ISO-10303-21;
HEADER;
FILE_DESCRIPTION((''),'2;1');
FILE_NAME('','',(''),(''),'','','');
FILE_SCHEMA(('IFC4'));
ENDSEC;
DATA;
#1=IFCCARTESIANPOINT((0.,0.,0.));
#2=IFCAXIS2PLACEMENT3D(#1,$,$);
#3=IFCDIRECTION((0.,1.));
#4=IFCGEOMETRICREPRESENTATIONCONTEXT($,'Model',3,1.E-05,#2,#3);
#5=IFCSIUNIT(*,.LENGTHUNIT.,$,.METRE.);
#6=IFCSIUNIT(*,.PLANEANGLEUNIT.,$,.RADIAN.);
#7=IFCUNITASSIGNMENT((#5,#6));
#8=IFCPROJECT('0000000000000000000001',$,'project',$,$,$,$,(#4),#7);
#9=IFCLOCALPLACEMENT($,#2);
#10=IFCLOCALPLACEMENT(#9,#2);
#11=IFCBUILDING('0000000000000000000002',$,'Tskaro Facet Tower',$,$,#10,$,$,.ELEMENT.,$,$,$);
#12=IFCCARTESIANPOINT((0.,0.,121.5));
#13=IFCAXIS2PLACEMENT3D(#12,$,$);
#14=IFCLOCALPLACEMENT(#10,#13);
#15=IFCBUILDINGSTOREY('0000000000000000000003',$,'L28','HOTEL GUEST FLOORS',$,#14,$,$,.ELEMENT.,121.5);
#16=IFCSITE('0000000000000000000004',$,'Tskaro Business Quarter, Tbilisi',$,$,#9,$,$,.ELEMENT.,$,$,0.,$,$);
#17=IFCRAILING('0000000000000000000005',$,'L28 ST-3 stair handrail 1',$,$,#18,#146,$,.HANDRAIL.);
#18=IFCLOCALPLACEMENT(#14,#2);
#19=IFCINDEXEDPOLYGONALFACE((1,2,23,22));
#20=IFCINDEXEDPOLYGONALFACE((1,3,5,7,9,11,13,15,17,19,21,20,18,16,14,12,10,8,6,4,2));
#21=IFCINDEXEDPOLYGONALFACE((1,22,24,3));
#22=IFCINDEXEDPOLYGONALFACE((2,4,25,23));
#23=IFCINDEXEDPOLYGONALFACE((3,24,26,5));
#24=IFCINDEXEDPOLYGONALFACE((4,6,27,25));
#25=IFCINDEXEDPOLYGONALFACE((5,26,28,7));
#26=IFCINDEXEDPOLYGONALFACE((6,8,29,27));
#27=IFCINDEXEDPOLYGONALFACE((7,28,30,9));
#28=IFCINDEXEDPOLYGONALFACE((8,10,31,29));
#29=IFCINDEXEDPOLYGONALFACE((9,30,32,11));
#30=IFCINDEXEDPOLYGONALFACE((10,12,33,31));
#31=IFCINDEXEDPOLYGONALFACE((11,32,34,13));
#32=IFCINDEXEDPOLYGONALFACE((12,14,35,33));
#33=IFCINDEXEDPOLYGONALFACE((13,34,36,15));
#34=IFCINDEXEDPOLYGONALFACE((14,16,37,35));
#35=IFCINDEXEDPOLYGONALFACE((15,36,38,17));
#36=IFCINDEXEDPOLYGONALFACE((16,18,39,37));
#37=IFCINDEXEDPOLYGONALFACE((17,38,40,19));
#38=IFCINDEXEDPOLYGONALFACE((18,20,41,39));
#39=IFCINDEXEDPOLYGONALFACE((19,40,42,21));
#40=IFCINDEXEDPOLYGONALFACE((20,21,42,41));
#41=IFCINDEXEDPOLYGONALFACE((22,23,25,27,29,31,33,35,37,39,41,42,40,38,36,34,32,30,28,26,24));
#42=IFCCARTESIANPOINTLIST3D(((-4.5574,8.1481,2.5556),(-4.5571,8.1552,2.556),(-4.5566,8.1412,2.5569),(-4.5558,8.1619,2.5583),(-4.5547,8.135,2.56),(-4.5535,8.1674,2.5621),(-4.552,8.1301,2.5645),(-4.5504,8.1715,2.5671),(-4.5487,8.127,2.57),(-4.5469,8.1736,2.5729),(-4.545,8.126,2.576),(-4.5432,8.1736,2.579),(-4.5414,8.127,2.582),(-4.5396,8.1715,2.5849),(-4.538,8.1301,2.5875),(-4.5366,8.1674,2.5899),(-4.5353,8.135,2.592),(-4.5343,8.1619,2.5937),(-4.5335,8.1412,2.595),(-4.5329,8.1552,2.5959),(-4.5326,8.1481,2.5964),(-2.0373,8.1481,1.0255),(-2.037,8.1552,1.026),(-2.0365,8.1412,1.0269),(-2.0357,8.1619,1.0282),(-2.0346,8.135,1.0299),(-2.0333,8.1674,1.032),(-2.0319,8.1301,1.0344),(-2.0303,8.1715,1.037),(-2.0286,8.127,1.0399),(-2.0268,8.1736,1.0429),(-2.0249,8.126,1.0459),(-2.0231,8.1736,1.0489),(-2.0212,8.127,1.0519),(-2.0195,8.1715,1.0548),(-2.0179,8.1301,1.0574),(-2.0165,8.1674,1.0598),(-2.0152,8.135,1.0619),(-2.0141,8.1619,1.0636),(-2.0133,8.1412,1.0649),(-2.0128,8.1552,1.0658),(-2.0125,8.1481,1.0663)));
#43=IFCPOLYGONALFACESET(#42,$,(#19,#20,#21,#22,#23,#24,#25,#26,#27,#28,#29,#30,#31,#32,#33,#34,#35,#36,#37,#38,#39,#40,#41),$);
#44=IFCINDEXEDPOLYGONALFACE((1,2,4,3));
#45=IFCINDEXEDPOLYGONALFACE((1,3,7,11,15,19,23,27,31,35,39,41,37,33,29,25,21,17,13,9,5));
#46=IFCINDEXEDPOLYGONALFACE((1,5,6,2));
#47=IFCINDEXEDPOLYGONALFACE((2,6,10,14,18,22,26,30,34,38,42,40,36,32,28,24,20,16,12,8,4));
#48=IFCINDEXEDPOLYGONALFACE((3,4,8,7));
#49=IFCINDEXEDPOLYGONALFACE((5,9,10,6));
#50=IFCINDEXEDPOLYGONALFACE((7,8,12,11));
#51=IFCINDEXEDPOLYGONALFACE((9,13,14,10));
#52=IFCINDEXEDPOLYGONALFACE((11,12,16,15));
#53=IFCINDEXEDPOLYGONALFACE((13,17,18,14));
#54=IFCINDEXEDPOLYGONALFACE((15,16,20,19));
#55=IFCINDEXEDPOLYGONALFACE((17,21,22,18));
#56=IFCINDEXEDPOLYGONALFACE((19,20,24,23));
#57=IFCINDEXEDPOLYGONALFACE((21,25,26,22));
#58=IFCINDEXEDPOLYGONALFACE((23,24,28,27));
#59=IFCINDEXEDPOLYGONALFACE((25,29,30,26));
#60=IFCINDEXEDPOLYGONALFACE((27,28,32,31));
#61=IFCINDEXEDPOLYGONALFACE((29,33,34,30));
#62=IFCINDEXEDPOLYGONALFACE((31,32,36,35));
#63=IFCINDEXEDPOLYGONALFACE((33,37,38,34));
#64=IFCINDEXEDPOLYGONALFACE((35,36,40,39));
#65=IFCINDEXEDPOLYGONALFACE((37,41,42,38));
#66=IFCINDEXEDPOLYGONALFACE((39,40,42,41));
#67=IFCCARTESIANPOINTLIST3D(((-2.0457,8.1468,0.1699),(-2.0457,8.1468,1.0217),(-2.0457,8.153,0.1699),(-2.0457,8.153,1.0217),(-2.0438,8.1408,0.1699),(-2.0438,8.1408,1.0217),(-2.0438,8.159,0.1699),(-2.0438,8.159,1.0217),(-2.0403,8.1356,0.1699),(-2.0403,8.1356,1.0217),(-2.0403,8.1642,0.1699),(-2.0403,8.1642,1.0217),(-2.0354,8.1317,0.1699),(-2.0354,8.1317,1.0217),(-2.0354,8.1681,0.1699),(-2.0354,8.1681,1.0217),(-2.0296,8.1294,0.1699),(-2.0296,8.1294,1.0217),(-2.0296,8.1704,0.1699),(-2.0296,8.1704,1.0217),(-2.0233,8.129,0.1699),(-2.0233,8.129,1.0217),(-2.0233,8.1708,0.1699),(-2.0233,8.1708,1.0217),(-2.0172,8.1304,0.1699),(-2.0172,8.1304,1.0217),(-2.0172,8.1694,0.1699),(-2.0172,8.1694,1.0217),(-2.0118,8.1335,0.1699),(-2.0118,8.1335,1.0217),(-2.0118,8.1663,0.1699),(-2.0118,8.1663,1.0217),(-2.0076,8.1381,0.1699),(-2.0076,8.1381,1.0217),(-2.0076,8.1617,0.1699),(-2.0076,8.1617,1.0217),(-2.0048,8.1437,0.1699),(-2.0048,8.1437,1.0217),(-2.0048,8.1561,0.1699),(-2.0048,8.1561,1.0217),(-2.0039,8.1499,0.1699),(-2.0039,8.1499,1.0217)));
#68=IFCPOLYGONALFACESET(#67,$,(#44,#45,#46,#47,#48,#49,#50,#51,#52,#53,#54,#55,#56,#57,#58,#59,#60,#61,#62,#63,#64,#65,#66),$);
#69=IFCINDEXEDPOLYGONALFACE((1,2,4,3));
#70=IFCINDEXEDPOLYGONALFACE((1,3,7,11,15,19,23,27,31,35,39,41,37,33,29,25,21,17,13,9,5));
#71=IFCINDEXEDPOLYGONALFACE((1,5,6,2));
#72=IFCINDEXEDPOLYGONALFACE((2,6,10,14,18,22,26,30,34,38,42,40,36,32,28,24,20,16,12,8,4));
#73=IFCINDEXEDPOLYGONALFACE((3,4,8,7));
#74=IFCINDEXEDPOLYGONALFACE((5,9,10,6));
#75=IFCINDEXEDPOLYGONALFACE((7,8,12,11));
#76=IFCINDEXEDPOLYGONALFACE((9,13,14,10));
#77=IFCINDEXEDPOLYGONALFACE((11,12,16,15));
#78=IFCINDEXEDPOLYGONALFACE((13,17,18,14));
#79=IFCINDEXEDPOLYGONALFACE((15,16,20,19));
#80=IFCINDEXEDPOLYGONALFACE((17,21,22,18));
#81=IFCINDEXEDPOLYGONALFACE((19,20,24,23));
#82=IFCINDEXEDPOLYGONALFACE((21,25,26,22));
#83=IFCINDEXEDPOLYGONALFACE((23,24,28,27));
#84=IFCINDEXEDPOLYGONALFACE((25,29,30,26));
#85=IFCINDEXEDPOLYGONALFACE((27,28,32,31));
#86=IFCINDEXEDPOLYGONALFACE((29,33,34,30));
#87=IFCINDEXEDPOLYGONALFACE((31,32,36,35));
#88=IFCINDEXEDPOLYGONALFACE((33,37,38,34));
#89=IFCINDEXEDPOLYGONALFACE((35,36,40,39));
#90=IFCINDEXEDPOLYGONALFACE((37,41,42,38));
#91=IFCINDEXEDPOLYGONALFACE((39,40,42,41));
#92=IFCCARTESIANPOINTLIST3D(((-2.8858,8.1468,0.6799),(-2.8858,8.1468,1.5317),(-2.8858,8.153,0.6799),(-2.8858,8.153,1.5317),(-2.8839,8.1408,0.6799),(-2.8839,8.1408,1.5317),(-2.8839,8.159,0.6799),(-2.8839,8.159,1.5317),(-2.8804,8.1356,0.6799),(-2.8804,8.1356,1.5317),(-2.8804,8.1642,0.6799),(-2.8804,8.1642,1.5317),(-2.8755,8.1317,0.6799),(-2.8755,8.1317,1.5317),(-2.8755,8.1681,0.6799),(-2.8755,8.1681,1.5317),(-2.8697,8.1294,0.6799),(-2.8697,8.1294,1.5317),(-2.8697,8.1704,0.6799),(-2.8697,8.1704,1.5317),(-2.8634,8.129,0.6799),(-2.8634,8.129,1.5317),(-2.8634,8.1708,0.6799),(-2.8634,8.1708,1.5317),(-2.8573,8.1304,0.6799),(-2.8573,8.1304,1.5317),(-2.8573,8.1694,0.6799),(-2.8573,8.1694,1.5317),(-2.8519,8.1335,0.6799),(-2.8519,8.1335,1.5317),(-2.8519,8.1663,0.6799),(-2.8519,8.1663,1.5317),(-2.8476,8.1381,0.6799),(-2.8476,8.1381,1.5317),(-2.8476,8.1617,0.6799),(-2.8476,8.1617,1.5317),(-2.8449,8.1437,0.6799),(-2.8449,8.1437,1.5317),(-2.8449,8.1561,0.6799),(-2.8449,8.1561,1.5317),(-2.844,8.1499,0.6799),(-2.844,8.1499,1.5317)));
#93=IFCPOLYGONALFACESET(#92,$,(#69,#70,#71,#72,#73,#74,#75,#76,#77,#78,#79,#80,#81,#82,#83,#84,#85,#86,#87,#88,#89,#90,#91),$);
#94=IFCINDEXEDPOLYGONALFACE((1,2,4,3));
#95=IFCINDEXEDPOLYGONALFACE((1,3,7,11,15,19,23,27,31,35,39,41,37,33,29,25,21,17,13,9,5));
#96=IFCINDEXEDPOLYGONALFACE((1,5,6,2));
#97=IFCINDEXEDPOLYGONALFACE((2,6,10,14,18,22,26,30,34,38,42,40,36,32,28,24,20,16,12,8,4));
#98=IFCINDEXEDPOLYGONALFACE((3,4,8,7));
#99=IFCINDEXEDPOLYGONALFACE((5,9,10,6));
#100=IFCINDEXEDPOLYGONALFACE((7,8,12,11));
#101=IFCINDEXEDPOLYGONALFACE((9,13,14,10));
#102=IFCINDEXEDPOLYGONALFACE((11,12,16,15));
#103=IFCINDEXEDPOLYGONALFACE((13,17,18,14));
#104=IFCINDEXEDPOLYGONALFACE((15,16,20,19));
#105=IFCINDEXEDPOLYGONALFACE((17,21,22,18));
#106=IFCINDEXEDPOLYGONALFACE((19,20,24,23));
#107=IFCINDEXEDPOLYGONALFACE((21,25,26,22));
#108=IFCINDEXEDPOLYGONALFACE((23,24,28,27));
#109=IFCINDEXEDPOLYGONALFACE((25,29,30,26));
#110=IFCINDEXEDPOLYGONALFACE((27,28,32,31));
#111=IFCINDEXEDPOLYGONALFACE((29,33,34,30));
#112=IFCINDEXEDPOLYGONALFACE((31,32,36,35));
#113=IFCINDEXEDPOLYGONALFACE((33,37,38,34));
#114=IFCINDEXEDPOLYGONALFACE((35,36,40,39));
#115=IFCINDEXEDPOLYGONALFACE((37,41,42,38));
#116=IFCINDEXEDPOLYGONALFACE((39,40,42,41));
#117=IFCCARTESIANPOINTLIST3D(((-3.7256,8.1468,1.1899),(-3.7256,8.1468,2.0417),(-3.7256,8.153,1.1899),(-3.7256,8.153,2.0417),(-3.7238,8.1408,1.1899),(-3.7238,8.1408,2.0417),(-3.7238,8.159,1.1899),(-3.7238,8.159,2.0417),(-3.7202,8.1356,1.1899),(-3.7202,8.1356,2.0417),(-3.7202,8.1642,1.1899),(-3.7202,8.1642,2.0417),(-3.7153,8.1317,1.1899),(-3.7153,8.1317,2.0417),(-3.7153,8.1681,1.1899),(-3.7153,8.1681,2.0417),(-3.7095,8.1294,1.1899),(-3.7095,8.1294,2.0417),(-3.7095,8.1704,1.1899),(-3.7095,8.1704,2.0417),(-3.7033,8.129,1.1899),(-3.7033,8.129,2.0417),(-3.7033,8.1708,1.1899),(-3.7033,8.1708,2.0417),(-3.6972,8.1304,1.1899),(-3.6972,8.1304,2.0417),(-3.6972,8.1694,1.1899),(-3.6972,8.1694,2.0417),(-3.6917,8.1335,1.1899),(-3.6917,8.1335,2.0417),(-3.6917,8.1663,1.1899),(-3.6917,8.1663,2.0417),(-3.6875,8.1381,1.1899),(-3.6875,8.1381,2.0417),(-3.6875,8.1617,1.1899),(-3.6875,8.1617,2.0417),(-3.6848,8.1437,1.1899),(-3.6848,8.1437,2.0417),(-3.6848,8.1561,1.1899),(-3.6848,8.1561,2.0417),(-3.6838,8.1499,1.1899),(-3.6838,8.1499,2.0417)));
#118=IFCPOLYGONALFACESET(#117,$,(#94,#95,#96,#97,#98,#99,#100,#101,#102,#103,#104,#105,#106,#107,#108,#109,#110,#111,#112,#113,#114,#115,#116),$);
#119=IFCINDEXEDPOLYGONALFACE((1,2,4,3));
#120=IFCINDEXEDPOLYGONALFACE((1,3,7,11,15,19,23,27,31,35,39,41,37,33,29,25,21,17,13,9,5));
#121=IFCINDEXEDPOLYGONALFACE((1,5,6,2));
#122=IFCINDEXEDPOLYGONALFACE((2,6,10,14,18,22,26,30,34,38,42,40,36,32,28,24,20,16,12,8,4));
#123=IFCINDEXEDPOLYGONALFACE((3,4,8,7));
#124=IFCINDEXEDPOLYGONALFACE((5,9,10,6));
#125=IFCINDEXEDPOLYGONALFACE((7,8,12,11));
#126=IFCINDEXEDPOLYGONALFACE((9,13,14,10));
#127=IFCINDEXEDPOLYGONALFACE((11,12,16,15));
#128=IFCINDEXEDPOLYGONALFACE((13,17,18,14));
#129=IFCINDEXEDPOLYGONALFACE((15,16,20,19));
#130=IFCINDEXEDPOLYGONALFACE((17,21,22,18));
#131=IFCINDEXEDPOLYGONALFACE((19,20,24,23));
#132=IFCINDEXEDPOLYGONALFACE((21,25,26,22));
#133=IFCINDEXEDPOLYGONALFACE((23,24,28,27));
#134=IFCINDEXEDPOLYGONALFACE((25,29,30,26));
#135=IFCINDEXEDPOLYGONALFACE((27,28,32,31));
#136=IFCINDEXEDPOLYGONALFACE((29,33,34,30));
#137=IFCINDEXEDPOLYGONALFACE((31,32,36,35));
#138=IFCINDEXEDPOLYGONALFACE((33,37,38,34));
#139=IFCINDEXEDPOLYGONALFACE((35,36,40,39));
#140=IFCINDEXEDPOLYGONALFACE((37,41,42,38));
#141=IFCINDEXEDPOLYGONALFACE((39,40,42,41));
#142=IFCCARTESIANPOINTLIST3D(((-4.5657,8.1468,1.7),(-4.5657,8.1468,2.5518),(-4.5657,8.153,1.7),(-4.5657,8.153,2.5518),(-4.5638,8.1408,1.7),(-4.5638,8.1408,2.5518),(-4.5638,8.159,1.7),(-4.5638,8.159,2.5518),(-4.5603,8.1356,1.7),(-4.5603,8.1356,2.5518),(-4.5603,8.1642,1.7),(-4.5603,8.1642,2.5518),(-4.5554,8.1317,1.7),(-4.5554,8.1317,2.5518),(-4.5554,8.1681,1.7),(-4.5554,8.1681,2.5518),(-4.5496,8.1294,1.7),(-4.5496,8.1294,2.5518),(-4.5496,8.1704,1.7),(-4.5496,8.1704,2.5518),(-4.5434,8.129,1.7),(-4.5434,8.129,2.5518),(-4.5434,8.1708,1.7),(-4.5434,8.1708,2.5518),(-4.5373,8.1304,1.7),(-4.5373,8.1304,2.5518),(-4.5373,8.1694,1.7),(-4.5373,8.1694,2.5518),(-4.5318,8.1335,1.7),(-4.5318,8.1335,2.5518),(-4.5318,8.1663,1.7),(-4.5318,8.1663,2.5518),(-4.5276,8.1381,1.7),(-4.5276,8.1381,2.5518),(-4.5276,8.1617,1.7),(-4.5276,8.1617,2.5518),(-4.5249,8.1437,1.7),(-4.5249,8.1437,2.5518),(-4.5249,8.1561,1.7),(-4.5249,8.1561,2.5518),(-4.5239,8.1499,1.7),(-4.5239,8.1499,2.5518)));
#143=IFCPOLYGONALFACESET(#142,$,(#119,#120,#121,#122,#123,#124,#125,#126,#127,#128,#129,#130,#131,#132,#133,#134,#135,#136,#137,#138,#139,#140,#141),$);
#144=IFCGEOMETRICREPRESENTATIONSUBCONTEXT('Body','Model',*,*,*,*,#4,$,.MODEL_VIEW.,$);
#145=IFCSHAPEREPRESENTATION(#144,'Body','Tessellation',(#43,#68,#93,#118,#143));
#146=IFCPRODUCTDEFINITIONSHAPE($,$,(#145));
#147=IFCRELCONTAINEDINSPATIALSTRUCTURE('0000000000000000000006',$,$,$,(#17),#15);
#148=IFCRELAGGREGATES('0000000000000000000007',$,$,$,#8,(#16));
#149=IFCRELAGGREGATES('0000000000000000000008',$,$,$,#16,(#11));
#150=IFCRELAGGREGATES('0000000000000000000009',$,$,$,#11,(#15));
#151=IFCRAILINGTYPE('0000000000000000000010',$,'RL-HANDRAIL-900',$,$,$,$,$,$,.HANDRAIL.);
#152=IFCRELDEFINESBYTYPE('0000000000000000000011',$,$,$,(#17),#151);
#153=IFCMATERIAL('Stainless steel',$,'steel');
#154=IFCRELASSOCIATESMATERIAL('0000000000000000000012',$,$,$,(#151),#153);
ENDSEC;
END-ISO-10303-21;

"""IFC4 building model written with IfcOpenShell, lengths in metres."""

from ifc_helpers import new_model, si_unit, direction, frame, origin, origin_2d, place, context, subcontext, project, spatial, circle, extrude, material, type_object, element, save


model = new_model("IFC4")

# Units and contexts
model_context = context("Model", 3, precision=1e-05, world=origin(), true_north=direction((0.0, 1.0)))
body_context = subcontext(model_context, "Body", "Model", "MODEL_VIEW")
ifc_project = project(units=[si_unit("LENGTHUNIT", "METRE"), si_unit("PLANEANGLEUNIT", "RADIAN")], contexts=[model_context])

# Site, building, storey
site_placement = place(None, origin())
site = spatial("IfcSite", under=ifc_project, at=site_placement, Name="Tskaro Business Quarter, Tbilisi", CompositionType="ELEMENT", RefElevation=0.0)
building_placement = place(site_placement, origin())
building = spatial("IfcBuilding", under=site, at=building_placement, Name="Tskaro Facet Tower", CompositionType="ELEMENT")
storey_placement = place(building_placement, frame((0.0, 0.0, 121.5)))
storey = spatial("IfcBuildingStorey", under=building, at=storey_placement, Name="L28", Description="HOTEL GUEST FLOORS", CompositionType="ELEMENT", Elevation=121.5)

# Railing
ifc_material_1 = material(Name="Stainless steel", Category="steel")
railing_type_1 = type_object("IfcRailingType", Name="RL-HANDRAIL-900", PredefinedType="HANDRAIL", material=ifc_material_1)
railing_1_placement = place(storey_placement, frame((-2.0249, 8.1499, 0.1699)))
element("IfcRailing", 1, at=railing_1_placement, inside=storey, type_object=railing_type_1, Name="L28 ST-3 stair handrail 1", PredefinedType="HANDRAIL", context=body_context, shape_type="SweptSolid", body=[
    extrude(circle(Radius=0.0239, at=origin_2d()), frame((0.0, 0.0, 0.876), z_axis=(-0.854785, 0.0, 0.518982), x_axis=(0.0, -1.0, 0.0)), (0.0, 0.0, 1.0), 2.9482),
    extrude(circle(Radius=0.021, at=origin_2d()), origin(), (0.0, 0.0, 1.0), 0.8518),
    extrude(circle(Radius=0.021, at=origin_2d()), frame((-0.8401, 0.0, 0.51)), (0.0, 0.0, 1.0), 0.8518),
    extrude(circle(Radius=0.021, at=origin_2d()), frame((-1.6799, 0.0, 1.02)), (0.0, 0.0, 1.0), 0.8518),
    extrude(circle(Radius=0.021, at=origin_2d()), frame((-2.52, 0.0, 1.53)), (0.0, 0.0, 1.0), 0.8518),
])

save(model, "model.ifc")
